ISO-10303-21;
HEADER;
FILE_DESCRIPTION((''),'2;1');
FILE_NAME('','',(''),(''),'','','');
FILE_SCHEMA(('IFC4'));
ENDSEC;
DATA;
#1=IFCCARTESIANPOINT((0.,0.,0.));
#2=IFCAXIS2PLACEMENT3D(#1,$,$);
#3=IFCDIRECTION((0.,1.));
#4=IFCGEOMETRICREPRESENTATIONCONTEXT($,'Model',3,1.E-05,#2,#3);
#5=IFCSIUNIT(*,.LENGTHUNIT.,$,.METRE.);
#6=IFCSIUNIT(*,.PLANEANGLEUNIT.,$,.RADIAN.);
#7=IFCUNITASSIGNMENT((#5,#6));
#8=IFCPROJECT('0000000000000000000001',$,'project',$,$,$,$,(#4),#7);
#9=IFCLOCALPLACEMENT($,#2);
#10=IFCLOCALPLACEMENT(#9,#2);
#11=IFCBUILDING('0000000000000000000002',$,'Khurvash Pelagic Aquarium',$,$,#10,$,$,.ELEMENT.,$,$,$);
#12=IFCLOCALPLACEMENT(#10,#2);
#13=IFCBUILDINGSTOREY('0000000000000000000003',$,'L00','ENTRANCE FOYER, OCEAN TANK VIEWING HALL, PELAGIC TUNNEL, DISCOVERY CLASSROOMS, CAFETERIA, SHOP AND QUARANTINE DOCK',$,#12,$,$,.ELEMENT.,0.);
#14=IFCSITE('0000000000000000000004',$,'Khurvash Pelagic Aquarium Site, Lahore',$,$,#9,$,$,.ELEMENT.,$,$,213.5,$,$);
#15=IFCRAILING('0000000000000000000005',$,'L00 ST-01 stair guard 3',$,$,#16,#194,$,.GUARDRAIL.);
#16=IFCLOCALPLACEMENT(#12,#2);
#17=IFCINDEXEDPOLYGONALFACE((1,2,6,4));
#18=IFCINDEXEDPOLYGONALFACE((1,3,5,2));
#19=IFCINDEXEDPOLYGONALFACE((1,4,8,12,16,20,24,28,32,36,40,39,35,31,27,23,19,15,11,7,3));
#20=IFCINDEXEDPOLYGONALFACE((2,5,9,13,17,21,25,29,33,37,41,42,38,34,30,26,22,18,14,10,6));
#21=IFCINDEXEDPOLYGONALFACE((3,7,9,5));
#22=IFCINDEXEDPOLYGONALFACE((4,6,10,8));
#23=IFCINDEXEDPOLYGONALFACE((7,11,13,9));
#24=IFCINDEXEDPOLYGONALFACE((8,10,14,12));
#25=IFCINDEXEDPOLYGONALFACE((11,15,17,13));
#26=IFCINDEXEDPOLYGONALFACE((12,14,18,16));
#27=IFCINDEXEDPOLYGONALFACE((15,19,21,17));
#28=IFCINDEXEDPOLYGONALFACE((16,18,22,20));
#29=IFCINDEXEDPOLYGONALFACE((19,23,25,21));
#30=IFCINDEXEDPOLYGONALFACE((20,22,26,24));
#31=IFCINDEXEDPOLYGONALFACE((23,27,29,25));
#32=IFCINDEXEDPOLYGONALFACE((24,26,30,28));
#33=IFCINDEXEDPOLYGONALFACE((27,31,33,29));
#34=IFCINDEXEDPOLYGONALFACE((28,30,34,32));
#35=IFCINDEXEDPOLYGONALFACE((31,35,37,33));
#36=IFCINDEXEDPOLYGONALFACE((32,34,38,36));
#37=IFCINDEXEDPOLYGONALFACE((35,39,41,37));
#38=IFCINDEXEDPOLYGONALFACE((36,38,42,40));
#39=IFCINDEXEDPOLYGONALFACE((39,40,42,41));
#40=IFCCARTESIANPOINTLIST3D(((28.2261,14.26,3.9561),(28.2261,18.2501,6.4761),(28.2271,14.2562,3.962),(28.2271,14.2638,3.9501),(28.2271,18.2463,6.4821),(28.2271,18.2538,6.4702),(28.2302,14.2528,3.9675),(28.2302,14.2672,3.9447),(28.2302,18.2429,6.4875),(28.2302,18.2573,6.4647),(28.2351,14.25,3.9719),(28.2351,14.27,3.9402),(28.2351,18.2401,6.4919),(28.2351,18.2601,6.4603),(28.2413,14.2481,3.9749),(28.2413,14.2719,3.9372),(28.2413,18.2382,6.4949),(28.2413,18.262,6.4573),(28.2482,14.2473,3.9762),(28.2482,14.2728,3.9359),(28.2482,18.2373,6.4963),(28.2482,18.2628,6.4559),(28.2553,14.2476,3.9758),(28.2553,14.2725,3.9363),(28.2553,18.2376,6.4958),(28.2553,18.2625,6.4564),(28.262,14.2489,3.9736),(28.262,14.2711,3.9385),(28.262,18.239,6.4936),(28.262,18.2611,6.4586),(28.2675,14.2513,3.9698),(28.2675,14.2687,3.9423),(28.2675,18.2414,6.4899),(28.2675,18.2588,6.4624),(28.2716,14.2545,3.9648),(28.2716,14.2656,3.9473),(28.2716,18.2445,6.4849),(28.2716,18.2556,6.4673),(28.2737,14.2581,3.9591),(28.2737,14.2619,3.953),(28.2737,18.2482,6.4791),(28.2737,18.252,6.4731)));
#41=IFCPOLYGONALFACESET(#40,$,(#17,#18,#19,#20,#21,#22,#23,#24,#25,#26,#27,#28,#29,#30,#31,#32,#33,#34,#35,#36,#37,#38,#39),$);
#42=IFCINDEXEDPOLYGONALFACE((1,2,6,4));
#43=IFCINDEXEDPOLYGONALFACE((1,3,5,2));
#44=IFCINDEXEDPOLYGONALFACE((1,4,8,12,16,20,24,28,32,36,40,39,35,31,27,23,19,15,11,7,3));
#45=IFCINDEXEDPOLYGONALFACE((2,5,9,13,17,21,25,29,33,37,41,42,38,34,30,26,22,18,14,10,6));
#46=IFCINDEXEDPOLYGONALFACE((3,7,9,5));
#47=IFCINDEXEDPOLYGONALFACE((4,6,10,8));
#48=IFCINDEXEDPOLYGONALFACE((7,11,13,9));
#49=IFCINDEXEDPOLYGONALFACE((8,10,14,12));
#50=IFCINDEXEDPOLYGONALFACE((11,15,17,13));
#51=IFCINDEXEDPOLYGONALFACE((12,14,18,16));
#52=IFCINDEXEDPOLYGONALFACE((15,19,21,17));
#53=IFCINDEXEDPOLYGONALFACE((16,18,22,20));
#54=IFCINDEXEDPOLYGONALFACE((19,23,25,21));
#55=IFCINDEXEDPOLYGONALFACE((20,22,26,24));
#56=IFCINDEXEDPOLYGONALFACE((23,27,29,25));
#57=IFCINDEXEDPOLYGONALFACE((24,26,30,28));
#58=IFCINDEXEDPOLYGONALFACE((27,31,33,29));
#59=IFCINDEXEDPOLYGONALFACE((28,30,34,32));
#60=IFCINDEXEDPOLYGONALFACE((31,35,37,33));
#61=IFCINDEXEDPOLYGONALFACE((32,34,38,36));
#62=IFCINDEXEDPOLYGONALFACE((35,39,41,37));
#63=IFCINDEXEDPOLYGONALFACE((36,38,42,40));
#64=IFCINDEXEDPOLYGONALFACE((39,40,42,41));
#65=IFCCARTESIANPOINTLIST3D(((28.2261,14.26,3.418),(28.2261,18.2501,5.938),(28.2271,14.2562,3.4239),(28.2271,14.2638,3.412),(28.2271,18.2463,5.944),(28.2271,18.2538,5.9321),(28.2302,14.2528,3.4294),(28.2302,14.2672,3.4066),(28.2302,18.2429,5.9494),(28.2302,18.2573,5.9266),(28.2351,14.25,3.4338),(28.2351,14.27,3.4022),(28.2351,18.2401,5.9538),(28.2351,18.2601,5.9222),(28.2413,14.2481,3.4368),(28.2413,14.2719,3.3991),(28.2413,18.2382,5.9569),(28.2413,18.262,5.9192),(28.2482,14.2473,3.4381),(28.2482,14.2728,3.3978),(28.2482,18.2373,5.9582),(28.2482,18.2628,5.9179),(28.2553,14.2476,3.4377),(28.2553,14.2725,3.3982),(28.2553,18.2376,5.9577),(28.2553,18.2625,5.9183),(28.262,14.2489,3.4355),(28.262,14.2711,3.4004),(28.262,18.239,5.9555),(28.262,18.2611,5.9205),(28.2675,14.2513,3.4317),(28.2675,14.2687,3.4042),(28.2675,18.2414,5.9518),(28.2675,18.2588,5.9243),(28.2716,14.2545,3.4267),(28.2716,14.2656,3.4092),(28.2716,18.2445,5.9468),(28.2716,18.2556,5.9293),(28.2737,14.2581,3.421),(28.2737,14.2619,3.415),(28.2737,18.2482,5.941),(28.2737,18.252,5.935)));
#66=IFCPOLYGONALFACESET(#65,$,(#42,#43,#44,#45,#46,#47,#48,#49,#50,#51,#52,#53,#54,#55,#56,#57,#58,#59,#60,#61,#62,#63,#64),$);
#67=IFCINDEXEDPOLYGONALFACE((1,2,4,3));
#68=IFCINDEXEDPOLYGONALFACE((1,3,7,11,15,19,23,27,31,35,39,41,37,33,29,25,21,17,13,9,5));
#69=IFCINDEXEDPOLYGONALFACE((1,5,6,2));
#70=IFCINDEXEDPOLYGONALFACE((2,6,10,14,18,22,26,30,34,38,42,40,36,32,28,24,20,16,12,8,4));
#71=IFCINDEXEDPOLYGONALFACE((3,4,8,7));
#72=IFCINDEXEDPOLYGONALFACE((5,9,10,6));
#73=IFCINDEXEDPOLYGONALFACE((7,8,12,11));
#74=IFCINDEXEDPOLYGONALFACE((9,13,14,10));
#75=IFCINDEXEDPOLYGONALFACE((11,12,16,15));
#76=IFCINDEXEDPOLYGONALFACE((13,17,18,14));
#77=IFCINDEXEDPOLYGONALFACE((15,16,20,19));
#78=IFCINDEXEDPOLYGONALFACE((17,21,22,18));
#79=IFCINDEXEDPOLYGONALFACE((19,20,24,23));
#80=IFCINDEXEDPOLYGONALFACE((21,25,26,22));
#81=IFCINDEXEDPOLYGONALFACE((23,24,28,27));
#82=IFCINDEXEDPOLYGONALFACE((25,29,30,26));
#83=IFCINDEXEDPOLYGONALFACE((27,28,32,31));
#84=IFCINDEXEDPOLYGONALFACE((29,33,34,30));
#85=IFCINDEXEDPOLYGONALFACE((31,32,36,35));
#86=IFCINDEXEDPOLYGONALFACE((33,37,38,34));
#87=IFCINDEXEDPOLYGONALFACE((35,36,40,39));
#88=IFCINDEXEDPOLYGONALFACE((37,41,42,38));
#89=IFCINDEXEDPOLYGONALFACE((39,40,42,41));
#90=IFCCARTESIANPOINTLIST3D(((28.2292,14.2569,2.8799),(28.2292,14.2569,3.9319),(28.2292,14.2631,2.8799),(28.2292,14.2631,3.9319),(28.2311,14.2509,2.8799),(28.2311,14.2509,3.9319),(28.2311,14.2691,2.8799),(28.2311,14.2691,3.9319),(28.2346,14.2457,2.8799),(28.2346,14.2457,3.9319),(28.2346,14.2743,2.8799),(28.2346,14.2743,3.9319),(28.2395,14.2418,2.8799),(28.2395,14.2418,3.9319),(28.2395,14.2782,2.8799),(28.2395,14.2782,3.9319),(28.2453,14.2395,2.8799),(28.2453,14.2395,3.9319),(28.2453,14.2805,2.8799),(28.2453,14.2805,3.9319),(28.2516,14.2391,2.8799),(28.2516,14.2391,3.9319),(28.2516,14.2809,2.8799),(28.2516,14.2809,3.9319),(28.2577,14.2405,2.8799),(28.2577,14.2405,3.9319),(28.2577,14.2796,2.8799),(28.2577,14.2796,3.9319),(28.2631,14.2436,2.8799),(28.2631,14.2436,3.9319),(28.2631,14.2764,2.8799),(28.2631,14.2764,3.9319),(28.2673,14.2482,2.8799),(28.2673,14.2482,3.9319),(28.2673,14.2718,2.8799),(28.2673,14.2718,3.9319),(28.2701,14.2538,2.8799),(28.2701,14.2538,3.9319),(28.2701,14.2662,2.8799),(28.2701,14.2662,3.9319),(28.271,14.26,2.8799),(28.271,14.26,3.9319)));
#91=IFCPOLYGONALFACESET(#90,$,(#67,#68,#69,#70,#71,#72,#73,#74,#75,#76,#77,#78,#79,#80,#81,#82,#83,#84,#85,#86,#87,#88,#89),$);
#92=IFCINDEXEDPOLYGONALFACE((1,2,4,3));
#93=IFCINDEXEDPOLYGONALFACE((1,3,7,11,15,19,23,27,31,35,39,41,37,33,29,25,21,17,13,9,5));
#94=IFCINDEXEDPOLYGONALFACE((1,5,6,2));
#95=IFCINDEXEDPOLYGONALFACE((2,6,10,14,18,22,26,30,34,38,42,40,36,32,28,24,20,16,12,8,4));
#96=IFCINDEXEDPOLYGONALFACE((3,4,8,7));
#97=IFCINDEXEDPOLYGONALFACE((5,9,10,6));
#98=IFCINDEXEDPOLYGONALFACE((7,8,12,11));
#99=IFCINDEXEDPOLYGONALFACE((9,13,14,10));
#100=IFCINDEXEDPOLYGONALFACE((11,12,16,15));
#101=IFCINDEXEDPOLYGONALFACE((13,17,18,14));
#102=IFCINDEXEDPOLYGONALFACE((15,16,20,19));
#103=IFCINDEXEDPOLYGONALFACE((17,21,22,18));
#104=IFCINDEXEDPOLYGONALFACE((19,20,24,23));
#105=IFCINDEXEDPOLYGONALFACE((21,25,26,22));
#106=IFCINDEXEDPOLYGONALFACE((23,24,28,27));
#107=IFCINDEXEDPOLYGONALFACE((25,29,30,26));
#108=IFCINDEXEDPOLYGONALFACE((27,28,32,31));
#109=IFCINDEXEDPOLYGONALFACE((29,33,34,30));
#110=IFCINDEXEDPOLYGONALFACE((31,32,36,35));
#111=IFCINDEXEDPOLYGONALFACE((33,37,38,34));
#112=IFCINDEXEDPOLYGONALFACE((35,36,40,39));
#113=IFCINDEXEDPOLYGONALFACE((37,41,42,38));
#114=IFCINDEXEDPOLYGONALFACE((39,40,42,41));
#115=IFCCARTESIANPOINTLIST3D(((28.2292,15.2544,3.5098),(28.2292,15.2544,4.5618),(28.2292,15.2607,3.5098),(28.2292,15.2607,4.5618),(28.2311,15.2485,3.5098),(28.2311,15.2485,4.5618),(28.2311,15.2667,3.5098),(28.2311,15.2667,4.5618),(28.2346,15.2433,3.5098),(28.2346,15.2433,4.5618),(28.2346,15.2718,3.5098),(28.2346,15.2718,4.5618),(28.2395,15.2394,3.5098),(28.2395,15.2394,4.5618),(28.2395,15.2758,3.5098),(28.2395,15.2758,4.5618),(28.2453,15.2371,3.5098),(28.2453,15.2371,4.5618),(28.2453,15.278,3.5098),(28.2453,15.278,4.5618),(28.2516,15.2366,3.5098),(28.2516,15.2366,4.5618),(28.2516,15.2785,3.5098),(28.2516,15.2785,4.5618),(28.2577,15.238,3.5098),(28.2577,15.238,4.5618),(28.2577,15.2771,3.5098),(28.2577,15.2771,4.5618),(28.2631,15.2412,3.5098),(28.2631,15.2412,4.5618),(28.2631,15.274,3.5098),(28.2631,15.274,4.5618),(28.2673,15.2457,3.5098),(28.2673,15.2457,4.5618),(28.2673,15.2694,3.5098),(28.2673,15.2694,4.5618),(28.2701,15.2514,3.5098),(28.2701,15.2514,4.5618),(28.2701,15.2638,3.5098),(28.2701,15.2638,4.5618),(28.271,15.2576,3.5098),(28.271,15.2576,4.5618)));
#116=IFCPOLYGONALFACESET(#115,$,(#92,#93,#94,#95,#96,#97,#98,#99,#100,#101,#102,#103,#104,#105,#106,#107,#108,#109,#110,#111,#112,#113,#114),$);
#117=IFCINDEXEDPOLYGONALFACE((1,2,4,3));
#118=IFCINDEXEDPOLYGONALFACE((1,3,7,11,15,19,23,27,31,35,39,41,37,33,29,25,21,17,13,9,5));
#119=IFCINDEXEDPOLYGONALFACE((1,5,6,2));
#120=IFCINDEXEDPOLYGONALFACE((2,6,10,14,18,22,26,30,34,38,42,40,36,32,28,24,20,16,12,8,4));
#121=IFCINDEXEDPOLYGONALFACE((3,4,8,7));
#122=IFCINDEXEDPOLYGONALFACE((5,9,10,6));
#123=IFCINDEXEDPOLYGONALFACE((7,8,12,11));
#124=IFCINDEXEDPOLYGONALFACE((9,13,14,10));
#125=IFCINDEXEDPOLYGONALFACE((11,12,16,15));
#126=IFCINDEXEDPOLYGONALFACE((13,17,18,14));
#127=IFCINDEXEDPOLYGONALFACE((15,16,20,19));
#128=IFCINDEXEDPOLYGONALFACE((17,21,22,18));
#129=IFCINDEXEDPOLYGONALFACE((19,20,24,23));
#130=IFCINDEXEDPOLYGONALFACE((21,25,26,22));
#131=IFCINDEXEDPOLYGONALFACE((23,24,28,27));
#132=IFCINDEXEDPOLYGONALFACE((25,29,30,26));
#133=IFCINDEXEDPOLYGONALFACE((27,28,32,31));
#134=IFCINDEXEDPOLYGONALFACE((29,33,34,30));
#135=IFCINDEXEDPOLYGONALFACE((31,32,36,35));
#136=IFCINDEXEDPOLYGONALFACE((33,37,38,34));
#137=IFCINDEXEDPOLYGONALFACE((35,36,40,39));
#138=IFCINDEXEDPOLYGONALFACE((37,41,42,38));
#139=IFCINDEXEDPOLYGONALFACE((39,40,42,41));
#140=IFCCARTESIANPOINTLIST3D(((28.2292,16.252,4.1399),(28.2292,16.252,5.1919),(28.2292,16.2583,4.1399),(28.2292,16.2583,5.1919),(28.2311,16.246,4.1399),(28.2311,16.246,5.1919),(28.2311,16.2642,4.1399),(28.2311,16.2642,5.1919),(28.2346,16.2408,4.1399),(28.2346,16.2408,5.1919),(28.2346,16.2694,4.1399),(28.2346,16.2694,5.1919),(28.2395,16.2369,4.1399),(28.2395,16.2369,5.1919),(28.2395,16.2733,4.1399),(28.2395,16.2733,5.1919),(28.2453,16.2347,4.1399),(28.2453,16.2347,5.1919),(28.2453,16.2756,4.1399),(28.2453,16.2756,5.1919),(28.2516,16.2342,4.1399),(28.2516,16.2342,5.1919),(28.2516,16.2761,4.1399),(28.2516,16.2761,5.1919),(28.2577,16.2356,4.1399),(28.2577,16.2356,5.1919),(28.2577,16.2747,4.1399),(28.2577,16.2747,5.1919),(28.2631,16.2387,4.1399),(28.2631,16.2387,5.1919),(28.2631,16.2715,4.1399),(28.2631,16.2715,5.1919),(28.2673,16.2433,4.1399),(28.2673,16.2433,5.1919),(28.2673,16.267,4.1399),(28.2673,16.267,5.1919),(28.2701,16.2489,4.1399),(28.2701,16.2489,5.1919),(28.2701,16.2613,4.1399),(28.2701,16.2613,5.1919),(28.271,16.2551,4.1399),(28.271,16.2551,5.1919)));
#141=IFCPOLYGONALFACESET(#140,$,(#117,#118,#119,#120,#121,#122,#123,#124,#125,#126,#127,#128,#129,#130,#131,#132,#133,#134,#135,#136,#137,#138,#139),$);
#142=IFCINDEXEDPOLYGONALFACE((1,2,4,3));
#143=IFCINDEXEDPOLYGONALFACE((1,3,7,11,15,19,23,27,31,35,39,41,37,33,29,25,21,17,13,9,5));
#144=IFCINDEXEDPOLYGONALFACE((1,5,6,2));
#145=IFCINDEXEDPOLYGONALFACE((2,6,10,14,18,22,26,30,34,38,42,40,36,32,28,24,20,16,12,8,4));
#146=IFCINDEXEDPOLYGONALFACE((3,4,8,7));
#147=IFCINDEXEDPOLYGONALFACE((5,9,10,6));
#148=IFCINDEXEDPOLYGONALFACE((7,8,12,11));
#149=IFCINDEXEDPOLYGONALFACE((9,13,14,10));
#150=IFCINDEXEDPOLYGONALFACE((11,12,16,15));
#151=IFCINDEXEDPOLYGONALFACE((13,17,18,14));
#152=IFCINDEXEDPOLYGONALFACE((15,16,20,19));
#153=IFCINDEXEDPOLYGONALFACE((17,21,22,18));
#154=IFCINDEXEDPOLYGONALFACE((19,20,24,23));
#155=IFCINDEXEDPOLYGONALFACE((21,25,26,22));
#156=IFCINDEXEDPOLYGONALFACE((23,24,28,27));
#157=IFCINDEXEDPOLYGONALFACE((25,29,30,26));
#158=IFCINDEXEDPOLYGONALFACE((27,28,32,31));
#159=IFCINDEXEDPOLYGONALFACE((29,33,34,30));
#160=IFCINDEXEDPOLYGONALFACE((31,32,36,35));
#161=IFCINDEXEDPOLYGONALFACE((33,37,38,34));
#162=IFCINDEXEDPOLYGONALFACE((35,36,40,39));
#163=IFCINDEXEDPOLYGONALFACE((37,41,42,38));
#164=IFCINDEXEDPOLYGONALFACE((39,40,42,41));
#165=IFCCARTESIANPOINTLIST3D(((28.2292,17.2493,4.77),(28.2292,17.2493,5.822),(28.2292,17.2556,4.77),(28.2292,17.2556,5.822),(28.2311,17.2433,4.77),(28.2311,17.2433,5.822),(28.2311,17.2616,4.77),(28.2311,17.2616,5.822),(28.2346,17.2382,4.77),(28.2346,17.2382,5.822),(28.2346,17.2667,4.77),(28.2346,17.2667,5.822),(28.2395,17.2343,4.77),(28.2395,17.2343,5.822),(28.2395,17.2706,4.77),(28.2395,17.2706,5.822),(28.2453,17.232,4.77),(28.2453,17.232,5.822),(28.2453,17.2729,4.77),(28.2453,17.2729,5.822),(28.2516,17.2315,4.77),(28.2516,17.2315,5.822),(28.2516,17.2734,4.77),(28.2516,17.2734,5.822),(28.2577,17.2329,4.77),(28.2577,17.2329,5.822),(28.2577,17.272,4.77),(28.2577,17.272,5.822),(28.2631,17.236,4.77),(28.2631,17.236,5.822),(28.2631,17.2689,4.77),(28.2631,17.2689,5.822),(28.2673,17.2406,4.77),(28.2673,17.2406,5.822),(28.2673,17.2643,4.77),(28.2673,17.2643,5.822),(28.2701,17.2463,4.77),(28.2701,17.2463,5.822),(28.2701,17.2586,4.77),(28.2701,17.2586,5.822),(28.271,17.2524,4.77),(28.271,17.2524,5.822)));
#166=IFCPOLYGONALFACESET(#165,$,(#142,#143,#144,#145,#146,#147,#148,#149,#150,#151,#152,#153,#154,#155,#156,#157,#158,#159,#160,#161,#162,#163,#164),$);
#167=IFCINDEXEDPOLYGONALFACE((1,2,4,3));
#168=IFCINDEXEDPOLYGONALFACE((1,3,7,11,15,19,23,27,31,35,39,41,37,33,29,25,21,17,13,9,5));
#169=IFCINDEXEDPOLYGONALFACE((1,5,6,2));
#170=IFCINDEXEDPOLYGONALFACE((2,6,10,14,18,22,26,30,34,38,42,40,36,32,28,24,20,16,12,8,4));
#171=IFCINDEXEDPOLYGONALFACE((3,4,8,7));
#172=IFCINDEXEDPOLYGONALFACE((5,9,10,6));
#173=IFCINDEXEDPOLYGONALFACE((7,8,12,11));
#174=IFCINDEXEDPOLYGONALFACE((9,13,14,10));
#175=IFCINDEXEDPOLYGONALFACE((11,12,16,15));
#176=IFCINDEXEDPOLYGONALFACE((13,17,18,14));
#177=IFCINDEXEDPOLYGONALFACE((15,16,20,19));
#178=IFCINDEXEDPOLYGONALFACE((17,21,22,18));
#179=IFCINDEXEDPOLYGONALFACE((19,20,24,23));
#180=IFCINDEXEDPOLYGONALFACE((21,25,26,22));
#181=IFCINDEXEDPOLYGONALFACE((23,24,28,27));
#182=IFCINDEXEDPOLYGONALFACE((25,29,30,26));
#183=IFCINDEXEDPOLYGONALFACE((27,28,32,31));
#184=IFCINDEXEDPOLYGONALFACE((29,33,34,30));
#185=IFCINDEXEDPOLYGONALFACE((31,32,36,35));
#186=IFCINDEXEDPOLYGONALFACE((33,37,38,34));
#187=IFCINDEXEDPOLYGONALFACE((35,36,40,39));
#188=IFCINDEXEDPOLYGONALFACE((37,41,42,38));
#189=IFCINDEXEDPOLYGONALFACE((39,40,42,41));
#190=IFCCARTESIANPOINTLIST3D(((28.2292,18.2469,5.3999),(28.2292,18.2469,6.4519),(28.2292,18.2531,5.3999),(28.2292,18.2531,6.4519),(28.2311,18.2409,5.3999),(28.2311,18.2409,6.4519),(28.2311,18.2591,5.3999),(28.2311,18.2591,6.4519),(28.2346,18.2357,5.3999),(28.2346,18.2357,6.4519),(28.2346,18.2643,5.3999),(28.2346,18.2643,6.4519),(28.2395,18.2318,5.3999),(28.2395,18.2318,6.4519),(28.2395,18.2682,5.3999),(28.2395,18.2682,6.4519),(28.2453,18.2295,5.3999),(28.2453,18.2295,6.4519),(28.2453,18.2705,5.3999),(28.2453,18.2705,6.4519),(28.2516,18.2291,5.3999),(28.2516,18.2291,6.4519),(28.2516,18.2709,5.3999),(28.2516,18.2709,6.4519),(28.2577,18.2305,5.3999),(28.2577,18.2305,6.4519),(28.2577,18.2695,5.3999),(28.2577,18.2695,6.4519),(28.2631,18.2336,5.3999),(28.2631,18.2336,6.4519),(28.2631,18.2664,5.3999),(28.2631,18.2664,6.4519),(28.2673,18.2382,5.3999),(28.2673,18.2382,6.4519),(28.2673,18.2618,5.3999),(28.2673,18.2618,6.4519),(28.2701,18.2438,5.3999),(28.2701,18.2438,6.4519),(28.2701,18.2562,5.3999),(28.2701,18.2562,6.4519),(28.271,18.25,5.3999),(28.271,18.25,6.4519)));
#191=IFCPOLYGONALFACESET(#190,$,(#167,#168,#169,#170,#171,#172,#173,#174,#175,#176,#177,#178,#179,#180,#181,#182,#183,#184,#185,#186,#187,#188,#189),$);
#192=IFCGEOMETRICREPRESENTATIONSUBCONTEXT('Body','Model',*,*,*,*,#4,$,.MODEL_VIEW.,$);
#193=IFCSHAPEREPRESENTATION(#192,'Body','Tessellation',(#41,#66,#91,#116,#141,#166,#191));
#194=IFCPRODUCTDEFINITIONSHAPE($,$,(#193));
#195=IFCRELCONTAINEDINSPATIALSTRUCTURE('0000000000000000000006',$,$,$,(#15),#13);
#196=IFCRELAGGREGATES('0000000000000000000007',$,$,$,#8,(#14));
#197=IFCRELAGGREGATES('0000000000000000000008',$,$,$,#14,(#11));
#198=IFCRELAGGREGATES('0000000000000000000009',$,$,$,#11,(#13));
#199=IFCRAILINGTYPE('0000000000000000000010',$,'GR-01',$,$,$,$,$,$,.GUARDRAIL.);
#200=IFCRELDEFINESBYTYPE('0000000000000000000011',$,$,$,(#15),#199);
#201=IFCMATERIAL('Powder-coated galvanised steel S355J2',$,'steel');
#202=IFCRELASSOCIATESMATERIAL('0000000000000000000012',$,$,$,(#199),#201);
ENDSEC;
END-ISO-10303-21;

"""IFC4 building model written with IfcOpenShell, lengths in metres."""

from ifc_helpers import new_model, si_unit, direction, frame, origin, origin_2d, place, context, subcontext, project, spatial, circle, extrude, material, type_object, element, save


model = new_model("IFC4")

# Units and contexts
model_context = context("Model", 3, precision=1e-05, world=origin(), true_north=direction((0.0, 1.0)))
body_context = subcontext(model_context, "Body", "Model", "MODEL_VIEW")
ifc_project = project(units=[si_unit("LENGTHUNIT", "METRE"), si_unit("PLANEANGLEUNIT", "RADIAN")], contexts=[model_context])

# Site, building, storey
site_placement = place(None, origin())
site = spatial("IfcSite", under=ifc_project, at=site_placement, Name="Khurvash Pelagic Aquarium Site, Lahore", CompositionType="ELEMENT", RefElevation=213.5)
building_placement = place(site_placement, origin())
building = spatial("IfcBuilding", under=site, at=building_placement, Name="Khurvash Pelagic Aquarium", CompositionType="ELEMENT")
storey_placement = place(building_placement, origin())
storey = spatial("IfcBuildingStorey", under=building, at=storey_placement, Name="L00", Description="ENTRANCE FOYER, OCEAN TANK VIEWING HALL, PELAGIC TUNNEL, DISCOVERY CLASSROOMS, CAFETERIA, SHOP AND QUARANTINE DOCK", CompositionType="ELEMENT", Elevation=0.0)

# Railing
ifc_material_1 = material(Name="Powder-coated galvanised steel S355J2", Category="steel")
railing_type_1 = type_object("IfcRailingType", Name="GR-01", PredefinedType="GUARDRAIL", material=ifc_material_1)
railing_1_placement = place(storey_placement, frame((28.25, 14.26, 2.8799)))
element("IfcRailing", 1, at=railing_1_placement, inside=storey, type_object=railing_type_1, Name="L00 ST-01 stair guard 3", PredefinedType="GUARDRAIL", context=body_context, shape_type="SweptSolid", body=[
    extrude(circle(Radius=0.0239, at=origin_2d()), frame((0.0, 0.0, 1.0762), z_axis=(0.0, 0.845486, 0.533997), x_axis=(-1.0, 0.0, 0.0)), (0.0, 0.0, 1.0), 4.7192),
    extrude(circle(Radius=0.0239, at=origin_2d()), frame((0.0, 0.0, 0.5381), z_axis=(0.0, 0.845486, 0.533997), x_axis=(-1.0, 0.0, 0.0)), (0.0, 0.0, 1.0), 4.7192),
    extrude(circle(Radius=0.021, at=origin_2d()), origin(), (0.0, 0.0, 1.0), 1.052),
    extrude(circle(Radius=0.021, at=origin_2d()), frame((0.0, 0.9976, 0.6299)), (0.0, 0.0, 1.0), 1.052),
    extrude(circle(Radius=0.021, at=origin_2d()), frame((0.0, 1.9951, 1.26)), (0.0, 0.0, 1.0), 1.052),
    extrude(circle(Radius=0.021, at=origin_2d()), frame((0.0, 2.9924, 1.8901)), (0.0, 0.0, 1.0), 1.052),
    extrude(circle(Radius=0.021, at=origin_2d()), frame((0.0, 3.99, 2.52)), (0.0, 0.0, 1.0), 1.052),
])

save(model, "model.ifc")
